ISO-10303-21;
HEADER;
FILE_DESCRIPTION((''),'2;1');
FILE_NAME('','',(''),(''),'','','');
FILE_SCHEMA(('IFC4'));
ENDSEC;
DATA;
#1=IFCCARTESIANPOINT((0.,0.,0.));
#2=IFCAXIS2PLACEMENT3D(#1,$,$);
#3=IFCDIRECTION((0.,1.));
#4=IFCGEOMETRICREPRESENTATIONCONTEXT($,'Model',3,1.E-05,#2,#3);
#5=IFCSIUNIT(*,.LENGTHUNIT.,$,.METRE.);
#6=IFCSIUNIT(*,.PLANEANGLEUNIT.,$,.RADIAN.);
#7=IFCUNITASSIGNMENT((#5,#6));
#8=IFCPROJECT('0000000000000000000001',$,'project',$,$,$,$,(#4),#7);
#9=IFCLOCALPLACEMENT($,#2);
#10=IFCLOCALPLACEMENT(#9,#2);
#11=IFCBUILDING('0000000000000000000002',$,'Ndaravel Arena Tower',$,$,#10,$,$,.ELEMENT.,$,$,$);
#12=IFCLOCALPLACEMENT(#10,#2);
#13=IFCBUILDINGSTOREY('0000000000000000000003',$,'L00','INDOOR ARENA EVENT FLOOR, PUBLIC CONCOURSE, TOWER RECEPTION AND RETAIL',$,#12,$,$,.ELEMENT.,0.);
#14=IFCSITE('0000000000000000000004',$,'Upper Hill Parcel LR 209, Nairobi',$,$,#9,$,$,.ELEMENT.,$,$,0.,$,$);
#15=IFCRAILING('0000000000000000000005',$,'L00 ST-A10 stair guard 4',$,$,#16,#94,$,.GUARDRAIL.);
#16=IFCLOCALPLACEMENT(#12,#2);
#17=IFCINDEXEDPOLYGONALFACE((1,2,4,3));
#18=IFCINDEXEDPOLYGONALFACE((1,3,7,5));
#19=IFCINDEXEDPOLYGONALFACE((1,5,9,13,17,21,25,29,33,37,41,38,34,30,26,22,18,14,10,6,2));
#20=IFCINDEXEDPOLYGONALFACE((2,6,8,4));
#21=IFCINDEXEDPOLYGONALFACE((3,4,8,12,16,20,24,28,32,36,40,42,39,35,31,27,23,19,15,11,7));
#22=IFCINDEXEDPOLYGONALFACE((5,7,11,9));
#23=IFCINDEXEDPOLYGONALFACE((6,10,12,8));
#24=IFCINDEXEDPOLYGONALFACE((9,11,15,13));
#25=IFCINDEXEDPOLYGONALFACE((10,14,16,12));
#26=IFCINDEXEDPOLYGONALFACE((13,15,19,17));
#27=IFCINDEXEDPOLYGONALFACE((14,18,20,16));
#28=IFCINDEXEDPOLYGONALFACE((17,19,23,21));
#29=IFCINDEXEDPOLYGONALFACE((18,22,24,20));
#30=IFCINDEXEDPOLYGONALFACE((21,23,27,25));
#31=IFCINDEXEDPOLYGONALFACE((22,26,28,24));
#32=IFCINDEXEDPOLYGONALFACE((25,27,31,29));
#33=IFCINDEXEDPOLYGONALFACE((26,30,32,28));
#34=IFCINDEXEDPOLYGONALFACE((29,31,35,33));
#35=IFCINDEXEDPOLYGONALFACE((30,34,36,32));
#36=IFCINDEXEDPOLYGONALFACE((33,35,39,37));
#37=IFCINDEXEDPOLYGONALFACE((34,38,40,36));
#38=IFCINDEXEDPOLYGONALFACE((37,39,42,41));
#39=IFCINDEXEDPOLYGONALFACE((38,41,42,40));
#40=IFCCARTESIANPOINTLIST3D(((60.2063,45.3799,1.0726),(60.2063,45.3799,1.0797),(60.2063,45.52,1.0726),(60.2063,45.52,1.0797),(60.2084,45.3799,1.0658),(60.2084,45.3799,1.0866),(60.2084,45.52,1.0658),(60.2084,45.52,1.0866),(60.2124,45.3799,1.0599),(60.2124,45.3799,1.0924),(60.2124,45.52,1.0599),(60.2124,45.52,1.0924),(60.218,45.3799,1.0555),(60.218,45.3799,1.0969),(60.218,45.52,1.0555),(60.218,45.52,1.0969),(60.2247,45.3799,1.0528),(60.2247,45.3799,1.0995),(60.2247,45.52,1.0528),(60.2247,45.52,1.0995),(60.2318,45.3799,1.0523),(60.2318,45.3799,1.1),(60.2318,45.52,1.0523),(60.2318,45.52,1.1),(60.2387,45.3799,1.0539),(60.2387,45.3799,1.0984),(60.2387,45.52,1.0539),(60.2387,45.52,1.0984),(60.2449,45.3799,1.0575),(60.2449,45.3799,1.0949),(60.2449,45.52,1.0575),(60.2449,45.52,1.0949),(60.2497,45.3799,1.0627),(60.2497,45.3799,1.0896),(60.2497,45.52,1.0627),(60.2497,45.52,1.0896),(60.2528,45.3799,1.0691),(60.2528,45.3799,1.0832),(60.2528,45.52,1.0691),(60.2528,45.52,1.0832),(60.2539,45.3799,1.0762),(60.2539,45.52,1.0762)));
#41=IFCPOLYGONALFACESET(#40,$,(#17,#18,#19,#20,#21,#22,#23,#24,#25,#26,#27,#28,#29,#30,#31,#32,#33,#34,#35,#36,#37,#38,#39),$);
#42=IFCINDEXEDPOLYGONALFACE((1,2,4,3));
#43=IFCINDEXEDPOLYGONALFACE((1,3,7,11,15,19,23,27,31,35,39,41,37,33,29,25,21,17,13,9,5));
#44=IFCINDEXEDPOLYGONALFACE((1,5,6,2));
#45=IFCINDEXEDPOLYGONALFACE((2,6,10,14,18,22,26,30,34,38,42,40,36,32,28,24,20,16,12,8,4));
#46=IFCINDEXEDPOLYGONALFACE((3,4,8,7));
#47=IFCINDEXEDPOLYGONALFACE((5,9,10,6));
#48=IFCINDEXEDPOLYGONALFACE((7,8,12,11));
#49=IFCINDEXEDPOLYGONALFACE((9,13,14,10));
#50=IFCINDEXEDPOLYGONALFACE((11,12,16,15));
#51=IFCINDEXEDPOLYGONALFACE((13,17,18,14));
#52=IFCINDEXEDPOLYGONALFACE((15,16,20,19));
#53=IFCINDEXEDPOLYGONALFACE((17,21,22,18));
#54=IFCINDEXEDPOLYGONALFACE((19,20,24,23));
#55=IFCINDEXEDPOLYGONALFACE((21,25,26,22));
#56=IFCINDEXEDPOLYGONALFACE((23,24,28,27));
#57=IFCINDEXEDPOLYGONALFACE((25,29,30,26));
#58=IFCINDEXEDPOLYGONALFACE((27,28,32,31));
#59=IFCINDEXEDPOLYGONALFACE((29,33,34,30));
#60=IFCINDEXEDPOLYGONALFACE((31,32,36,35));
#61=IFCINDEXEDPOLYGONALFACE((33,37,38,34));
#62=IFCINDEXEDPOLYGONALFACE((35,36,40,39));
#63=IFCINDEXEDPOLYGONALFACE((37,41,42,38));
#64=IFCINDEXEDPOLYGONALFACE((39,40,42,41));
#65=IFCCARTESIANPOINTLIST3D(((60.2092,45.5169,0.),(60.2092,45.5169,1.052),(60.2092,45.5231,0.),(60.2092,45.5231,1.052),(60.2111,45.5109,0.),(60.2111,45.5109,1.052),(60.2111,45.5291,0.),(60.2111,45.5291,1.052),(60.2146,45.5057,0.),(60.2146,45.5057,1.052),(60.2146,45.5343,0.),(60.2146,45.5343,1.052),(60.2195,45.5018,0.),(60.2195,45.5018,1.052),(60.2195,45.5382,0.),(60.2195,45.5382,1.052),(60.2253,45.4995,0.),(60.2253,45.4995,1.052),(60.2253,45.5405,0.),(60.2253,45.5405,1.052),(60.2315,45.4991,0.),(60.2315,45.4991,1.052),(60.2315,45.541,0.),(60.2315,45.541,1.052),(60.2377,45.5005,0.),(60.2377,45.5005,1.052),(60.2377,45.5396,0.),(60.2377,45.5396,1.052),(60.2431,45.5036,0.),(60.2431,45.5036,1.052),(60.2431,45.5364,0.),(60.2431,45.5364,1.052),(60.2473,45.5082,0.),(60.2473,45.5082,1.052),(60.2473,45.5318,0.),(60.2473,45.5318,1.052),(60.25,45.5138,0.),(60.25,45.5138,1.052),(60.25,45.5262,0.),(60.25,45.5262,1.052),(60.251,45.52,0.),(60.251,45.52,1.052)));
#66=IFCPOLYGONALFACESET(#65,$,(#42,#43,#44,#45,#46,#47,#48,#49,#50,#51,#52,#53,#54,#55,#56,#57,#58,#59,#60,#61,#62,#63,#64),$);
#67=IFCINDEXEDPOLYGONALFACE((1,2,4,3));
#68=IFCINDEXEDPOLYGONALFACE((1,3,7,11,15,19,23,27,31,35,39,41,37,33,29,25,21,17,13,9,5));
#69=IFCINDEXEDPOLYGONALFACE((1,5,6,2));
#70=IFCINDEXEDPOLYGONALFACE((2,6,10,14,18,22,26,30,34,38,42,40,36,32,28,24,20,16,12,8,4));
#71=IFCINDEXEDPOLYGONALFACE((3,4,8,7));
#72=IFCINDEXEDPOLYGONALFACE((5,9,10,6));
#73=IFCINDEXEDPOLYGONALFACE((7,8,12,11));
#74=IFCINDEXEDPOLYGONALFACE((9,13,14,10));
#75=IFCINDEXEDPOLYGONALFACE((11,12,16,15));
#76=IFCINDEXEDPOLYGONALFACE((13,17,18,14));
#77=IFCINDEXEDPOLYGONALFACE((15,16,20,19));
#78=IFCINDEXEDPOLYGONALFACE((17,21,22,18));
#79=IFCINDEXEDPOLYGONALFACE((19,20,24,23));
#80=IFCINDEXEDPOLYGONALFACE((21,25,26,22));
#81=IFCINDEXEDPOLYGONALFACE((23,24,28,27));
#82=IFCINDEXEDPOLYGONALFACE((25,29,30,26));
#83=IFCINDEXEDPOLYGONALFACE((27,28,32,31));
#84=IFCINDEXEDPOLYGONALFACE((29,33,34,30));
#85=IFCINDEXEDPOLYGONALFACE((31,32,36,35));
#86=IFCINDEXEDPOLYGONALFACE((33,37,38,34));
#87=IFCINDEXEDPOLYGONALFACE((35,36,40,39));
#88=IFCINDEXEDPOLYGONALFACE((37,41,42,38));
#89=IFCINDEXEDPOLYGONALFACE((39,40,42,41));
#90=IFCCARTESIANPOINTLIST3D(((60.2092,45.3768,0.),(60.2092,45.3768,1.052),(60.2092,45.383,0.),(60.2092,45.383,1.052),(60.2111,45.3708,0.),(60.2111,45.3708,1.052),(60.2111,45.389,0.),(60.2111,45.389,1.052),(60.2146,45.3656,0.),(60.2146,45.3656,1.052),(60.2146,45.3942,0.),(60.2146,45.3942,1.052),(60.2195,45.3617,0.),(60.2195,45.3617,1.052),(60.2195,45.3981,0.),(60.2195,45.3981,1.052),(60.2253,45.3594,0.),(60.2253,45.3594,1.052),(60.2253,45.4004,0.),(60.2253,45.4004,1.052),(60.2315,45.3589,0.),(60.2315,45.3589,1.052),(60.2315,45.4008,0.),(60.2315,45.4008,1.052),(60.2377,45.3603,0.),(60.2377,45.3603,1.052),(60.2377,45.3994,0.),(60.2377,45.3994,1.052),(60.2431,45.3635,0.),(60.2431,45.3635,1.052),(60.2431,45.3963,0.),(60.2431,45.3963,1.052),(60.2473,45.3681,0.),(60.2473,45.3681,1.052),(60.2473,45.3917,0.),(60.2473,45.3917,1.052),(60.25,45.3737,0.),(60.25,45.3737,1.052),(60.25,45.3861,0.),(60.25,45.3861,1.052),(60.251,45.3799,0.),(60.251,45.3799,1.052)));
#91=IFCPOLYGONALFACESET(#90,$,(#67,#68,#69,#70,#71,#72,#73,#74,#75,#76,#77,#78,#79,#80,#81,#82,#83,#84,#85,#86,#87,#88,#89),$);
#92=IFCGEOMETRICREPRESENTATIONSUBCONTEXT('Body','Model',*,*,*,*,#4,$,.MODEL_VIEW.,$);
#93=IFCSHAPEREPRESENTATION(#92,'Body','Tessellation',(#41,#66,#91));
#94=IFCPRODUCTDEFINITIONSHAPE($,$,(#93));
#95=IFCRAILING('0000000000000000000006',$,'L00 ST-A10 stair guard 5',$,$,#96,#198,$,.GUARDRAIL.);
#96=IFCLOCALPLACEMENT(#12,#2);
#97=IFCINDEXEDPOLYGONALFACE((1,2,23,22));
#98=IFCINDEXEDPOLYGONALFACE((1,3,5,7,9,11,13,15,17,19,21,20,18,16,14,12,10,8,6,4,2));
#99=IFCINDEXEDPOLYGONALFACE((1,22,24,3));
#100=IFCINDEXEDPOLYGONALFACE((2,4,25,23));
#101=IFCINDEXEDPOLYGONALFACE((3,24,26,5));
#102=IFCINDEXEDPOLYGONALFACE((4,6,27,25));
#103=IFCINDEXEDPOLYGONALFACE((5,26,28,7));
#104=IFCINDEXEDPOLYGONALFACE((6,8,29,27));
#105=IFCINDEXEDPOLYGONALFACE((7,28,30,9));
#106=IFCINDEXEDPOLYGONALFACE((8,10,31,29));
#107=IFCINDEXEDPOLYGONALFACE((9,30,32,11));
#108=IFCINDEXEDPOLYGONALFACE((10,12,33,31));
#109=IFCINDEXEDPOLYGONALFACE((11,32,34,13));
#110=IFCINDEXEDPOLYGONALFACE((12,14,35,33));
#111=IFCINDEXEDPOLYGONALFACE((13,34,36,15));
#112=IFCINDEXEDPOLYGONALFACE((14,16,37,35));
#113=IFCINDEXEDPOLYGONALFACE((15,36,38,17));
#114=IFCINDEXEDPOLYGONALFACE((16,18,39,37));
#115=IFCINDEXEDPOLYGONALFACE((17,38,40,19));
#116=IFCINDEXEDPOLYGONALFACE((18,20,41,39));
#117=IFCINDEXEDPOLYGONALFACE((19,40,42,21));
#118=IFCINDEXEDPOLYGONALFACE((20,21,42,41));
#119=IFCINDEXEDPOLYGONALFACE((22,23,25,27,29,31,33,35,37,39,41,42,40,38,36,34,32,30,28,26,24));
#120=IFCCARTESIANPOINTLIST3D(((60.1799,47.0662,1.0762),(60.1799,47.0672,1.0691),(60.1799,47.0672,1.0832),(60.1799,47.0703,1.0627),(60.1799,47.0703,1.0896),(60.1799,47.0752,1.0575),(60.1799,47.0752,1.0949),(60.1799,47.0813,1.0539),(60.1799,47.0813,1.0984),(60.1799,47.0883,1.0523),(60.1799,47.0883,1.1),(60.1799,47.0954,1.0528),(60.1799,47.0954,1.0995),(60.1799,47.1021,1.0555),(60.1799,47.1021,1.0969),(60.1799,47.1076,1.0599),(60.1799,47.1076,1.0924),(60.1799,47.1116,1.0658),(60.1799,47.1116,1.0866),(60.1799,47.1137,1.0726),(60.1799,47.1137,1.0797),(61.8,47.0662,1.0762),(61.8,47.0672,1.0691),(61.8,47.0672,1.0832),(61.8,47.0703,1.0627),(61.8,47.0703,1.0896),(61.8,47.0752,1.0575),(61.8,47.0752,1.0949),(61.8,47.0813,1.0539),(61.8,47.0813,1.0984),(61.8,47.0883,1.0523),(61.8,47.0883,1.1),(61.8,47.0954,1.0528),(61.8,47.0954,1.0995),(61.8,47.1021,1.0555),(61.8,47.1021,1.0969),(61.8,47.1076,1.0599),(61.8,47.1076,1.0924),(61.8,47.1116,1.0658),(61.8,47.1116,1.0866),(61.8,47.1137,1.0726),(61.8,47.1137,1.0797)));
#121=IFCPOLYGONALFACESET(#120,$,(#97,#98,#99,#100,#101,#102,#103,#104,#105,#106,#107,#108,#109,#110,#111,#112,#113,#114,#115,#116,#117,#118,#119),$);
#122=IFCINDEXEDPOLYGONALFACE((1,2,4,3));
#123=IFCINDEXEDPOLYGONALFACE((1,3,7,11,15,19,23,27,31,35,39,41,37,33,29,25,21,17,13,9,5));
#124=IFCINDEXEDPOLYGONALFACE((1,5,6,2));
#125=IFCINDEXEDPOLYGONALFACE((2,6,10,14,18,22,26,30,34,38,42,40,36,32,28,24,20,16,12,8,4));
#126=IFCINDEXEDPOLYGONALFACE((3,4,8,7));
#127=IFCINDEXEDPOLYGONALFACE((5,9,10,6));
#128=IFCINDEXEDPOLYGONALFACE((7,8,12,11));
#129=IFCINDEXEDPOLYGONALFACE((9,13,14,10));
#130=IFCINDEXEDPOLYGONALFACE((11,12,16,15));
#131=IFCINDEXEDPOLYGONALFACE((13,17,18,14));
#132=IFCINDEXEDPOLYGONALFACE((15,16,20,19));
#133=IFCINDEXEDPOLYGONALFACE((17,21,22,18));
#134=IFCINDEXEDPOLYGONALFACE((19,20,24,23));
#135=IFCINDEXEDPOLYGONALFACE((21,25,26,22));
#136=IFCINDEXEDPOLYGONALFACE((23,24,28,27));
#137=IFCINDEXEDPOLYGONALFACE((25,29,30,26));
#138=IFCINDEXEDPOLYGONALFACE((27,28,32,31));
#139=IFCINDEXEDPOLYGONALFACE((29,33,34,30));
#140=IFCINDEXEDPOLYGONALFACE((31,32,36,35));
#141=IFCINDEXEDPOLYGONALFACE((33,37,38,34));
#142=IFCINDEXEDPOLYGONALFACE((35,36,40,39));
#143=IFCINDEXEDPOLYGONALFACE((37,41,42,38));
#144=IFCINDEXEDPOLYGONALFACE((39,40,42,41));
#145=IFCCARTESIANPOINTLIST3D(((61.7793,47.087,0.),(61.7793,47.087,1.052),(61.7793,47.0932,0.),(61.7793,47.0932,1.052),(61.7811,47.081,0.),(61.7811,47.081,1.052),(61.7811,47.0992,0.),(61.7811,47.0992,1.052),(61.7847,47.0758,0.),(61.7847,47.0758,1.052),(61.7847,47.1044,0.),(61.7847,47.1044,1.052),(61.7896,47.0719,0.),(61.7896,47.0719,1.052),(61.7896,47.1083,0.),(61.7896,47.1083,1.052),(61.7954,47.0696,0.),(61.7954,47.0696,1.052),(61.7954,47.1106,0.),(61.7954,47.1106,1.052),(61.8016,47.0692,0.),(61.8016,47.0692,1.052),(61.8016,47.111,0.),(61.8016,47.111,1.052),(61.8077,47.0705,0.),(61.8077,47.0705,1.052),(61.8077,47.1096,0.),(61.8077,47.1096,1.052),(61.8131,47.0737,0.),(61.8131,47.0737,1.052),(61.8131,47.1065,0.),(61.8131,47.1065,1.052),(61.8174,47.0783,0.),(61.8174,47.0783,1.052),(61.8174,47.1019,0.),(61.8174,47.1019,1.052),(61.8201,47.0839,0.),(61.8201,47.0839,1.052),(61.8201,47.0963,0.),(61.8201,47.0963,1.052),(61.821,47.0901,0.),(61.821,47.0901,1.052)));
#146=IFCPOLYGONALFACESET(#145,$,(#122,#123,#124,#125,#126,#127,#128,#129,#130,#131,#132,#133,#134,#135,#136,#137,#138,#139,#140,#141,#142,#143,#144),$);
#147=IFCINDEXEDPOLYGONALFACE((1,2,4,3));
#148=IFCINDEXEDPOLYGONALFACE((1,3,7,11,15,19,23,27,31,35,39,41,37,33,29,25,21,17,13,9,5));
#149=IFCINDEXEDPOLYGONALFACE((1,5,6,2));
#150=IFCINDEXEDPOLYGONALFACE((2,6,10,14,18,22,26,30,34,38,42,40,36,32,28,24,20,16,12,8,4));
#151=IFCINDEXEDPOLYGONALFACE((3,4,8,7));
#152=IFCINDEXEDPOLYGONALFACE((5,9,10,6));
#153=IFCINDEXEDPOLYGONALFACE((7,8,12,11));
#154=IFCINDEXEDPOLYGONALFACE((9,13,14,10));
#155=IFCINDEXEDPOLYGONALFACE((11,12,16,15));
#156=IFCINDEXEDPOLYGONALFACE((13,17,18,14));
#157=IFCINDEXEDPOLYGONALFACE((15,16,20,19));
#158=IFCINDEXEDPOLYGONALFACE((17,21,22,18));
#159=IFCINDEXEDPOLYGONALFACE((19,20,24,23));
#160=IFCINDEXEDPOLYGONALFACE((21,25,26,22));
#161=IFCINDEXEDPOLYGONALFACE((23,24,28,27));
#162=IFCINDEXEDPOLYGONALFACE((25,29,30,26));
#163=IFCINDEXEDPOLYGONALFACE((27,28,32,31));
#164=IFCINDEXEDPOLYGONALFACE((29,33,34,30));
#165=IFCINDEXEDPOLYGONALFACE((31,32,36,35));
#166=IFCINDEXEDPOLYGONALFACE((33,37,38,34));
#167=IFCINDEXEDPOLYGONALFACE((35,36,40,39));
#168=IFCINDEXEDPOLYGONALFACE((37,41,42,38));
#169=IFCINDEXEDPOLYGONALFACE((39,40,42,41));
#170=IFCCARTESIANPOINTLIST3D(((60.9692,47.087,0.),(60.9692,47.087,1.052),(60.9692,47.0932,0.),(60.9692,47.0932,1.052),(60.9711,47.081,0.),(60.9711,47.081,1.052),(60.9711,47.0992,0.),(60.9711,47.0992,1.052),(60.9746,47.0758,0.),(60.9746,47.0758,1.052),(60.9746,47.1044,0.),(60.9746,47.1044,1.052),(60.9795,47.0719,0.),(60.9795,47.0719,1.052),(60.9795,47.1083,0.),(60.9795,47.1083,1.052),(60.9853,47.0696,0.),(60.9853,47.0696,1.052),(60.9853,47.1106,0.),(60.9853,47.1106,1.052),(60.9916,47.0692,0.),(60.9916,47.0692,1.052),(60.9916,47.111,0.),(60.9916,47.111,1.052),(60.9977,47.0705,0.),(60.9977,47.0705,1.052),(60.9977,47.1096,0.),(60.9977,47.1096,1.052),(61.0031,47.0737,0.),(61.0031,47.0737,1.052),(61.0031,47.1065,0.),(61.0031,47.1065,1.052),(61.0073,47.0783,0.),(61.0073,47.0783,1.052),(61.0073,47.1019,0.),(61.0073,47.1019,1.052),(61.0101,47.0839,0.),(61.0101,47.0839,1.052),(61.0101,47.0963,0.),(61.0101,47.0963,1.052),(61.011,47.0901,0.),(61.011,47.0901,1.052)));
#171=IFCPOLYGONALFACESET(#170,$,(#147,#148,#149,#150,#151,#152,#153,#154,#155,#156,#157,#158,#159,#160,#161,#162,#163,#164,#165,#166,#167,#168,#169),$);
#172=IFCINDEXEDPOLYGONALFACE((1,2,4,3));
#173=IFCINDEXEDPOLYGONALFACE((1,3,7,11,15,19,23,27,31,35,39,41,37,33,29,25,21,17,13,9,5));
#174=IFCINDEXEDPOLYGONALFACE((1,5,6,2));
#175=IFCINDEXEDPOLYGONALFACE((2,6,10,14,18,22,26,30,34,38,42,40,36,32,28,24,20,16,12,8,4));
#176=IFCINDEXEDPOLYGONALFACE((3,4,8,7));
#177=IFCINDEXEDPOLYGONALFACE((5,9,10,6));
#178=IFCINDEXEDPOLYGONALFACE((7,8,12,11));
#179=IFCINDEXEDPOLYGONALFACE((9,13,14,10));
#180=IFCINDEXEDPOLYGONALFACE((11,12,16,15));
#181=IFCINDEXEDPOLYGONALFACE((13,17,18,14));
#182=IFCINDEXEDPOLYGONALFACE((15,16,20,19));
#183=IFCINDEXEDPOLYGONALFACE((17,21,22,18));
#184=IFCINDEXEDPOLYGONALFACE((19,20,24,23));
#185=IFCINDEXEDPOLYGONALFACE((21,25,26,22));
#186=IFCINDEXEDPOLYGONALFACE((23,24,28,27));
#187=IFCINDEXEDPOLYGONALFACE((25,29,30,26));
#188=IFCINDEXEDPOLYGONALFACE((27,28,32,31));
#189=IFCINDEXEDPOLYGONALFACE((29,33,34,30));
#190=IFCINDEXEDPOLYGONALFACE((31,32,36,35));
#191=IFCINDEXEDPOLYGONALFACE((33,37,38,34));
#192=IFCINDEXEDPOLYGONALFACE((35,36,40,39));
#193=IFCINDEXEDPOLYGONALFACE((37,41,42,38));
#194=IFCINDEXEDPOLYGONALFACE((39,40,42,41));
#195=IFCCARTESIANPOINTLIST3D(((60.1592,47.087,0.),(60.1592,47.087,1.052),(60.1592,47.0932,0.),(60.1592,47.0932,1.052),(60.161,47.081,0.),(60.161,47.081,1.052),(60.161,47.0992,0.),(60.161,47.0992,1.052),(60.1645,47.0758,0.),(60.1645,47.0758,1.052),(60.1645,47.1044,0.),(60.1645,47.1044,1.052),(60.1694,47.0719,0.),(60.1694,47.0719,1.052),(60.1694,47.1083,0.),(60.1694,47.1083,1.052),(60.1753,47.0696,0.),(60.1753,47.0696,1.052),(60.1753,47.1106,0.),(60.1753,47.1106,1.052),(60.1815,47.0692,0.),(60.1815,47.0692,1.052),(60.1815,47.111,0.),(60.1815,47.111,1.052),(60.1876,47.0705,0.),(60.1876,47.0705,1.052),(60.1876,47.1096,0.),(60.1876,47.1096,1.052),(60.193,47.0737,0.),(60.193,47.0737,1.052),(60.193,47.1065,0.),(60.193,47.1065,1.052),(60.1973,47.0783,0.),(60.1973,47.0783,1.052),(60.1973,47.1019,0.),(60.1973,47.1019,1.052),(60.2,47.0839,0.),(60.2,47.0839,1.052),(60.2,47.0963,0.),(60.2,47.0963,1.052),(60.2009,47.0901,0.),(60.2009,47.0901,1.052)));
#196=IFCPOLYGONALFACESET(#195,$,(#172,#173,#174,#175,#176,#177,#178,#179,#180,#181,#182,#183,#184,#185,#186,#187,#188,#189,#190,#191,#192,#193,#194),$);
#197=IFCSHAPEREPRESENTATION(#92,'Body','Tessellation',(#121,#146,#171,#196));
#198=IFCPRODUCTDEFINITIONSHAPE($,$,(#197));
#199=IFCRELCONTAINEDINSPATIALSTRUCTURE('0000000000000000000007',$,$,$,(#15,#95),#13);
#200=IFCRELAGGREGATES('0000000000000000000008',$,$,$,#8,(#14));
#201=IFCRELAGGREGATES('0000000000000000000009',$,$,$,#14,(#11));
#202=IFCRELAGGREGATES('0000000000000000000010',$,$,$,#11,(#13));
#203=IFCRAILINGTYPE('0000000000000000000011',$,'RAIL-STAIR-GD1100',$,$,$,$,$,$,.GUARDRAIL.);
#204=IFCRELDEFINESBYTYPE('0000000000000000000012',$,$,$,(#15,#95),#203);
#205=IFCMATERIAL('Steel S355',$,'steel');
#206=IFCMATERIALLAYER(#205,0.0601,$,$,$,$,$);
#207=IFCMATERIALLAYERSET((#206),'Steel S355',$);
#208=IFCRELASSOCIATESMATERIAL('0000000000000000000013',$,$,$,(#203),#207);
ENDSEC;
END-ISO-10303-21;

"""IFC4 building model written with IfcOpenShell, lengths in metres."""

from ifc_helpers import new_model, si_unit, direction, frame, origin, origin_2d, place, context, subcontext, project, spatial, circle, extrude, material, layer, layer_set, type_object, element, save


model = new_model("IFC4")

# Units and contexts
model_context = context("Model", 3, precision=1e-05, world=origin(), true_north=direction((0.0, 1.0)))
body_context = subcontext(model_context, "Body", "Model", "MODEL_VIEW")
ifc_project = project(units=[si_unit("LENGTHUNIT", "METRE"), si_unit("PLANEANGLEUNIT", "RADIAN")], contexts=[model_context])

# Site, building, storey
site_placement = place(None, origin())
site = spatial("IfcSite", under=ifc_project, at=site_placement, Name="Upper Hill Parcel LR 209, Nairobi", CompositionType="ELEMENT", RefElevation=0.0)
building_placement = place(site_placement, origin())
building = spatial("IfcBuilding", under=site, at=building_placement, Name="Ndaravel Arena Tower", CompositionType="ELEMENT")
storey_placement = place(building_placement, origin())
storey = spatial("IfcBuildingStorey", under=building, at=storey_placement, Name="L00", Description="INDOOR ARENA EVENT FLOOR, PUBLIC CONCOURSE, TOWER RECEPTION AND RETAIL", CompositionType="ELEMENT", Elevation=0.0)

# Railings
ifc_material_1 = material(Name="Steel S355", Category="steel")
ifc_layer_1 = layer(ifc_material_1, 0.0601)
ifc_layer_set_1 = layer_set([ifc_layer_1], Name="Steel S355")
railing_type_1 = type_object("IfcRailingType", Name="RAIL-STAIR-GD1100", PredefinedType="GUARDRAIL", material=ifc_layer_set_1)
railing_1_placement = place(storey_placement, frame((60.23, 45.52, 0.0)))
element("IfcRailing", 1, at=railing_1_placement, inside=storey, type_object=railing_type_1, Name="L00 ST-A10 stair guard 4", PredefinedType="GUARDRAIL", context=body_context, shape_type="SweptSolid", body=[
    extrude(circle(Radius=0.0239, at=origin_2d()), frame((0.0, 0.0, 1.0762), z_axis=(0.0, -1.0, 0.0), x_axis=(1.0, 0.0, 0.0)), (0.0, 0.0, 1.0), 0.1401),
    extrude(circle(Radius=0.021, at=origin_2d()), origin(), (0.0, 0.0, 1.0), 1.052),
    extrude(circle(Radius=0.021, at=origin_2d()), frame((0.0, -0.1401, 0.0)), (0.0, 0.0, 1.0), 1.052),
])
for number, where, name in (
    (2, (61.8, 47.0901, 0.0), "L00 ST-A10 stair guard 5"),
):
    element("IfcRailing", number, at=place(storey_placement, frame(where)), inside=storey, type_object=railing_type_1, Name=name, PredefinedType="GUARDRAIL", context=body_context, shape_type="SweptSolid", body=[
        extrude(circle(Radius=0.0239, at=origin_2d()), frame((0.0, 0.0, 1.0762), z_axis=(-1.0, 0.0, 0.0), x_axis=(0.0, -1.0, 0.0)), (0.0, 0.0, 1.0), 1.6201),
        extrude(circle(Radius=0.021, at=origin_2d()), origin(), (0.0, 0.0, 1.0), 1.052),
        extrude(circle(Radius=0.021, at=origin_2d()), frame((-0.8101, 0.0, 0.0)), (0.0, 0.0, 1.0), 1.052),
        extrude(circle(Radius=0.021, at=origin_2d()), frame((-1.6201, 0.0, 0.0)), (0.0, 0.0, 1.0), 1.052),
    ])

save(model, "model.ifc")
